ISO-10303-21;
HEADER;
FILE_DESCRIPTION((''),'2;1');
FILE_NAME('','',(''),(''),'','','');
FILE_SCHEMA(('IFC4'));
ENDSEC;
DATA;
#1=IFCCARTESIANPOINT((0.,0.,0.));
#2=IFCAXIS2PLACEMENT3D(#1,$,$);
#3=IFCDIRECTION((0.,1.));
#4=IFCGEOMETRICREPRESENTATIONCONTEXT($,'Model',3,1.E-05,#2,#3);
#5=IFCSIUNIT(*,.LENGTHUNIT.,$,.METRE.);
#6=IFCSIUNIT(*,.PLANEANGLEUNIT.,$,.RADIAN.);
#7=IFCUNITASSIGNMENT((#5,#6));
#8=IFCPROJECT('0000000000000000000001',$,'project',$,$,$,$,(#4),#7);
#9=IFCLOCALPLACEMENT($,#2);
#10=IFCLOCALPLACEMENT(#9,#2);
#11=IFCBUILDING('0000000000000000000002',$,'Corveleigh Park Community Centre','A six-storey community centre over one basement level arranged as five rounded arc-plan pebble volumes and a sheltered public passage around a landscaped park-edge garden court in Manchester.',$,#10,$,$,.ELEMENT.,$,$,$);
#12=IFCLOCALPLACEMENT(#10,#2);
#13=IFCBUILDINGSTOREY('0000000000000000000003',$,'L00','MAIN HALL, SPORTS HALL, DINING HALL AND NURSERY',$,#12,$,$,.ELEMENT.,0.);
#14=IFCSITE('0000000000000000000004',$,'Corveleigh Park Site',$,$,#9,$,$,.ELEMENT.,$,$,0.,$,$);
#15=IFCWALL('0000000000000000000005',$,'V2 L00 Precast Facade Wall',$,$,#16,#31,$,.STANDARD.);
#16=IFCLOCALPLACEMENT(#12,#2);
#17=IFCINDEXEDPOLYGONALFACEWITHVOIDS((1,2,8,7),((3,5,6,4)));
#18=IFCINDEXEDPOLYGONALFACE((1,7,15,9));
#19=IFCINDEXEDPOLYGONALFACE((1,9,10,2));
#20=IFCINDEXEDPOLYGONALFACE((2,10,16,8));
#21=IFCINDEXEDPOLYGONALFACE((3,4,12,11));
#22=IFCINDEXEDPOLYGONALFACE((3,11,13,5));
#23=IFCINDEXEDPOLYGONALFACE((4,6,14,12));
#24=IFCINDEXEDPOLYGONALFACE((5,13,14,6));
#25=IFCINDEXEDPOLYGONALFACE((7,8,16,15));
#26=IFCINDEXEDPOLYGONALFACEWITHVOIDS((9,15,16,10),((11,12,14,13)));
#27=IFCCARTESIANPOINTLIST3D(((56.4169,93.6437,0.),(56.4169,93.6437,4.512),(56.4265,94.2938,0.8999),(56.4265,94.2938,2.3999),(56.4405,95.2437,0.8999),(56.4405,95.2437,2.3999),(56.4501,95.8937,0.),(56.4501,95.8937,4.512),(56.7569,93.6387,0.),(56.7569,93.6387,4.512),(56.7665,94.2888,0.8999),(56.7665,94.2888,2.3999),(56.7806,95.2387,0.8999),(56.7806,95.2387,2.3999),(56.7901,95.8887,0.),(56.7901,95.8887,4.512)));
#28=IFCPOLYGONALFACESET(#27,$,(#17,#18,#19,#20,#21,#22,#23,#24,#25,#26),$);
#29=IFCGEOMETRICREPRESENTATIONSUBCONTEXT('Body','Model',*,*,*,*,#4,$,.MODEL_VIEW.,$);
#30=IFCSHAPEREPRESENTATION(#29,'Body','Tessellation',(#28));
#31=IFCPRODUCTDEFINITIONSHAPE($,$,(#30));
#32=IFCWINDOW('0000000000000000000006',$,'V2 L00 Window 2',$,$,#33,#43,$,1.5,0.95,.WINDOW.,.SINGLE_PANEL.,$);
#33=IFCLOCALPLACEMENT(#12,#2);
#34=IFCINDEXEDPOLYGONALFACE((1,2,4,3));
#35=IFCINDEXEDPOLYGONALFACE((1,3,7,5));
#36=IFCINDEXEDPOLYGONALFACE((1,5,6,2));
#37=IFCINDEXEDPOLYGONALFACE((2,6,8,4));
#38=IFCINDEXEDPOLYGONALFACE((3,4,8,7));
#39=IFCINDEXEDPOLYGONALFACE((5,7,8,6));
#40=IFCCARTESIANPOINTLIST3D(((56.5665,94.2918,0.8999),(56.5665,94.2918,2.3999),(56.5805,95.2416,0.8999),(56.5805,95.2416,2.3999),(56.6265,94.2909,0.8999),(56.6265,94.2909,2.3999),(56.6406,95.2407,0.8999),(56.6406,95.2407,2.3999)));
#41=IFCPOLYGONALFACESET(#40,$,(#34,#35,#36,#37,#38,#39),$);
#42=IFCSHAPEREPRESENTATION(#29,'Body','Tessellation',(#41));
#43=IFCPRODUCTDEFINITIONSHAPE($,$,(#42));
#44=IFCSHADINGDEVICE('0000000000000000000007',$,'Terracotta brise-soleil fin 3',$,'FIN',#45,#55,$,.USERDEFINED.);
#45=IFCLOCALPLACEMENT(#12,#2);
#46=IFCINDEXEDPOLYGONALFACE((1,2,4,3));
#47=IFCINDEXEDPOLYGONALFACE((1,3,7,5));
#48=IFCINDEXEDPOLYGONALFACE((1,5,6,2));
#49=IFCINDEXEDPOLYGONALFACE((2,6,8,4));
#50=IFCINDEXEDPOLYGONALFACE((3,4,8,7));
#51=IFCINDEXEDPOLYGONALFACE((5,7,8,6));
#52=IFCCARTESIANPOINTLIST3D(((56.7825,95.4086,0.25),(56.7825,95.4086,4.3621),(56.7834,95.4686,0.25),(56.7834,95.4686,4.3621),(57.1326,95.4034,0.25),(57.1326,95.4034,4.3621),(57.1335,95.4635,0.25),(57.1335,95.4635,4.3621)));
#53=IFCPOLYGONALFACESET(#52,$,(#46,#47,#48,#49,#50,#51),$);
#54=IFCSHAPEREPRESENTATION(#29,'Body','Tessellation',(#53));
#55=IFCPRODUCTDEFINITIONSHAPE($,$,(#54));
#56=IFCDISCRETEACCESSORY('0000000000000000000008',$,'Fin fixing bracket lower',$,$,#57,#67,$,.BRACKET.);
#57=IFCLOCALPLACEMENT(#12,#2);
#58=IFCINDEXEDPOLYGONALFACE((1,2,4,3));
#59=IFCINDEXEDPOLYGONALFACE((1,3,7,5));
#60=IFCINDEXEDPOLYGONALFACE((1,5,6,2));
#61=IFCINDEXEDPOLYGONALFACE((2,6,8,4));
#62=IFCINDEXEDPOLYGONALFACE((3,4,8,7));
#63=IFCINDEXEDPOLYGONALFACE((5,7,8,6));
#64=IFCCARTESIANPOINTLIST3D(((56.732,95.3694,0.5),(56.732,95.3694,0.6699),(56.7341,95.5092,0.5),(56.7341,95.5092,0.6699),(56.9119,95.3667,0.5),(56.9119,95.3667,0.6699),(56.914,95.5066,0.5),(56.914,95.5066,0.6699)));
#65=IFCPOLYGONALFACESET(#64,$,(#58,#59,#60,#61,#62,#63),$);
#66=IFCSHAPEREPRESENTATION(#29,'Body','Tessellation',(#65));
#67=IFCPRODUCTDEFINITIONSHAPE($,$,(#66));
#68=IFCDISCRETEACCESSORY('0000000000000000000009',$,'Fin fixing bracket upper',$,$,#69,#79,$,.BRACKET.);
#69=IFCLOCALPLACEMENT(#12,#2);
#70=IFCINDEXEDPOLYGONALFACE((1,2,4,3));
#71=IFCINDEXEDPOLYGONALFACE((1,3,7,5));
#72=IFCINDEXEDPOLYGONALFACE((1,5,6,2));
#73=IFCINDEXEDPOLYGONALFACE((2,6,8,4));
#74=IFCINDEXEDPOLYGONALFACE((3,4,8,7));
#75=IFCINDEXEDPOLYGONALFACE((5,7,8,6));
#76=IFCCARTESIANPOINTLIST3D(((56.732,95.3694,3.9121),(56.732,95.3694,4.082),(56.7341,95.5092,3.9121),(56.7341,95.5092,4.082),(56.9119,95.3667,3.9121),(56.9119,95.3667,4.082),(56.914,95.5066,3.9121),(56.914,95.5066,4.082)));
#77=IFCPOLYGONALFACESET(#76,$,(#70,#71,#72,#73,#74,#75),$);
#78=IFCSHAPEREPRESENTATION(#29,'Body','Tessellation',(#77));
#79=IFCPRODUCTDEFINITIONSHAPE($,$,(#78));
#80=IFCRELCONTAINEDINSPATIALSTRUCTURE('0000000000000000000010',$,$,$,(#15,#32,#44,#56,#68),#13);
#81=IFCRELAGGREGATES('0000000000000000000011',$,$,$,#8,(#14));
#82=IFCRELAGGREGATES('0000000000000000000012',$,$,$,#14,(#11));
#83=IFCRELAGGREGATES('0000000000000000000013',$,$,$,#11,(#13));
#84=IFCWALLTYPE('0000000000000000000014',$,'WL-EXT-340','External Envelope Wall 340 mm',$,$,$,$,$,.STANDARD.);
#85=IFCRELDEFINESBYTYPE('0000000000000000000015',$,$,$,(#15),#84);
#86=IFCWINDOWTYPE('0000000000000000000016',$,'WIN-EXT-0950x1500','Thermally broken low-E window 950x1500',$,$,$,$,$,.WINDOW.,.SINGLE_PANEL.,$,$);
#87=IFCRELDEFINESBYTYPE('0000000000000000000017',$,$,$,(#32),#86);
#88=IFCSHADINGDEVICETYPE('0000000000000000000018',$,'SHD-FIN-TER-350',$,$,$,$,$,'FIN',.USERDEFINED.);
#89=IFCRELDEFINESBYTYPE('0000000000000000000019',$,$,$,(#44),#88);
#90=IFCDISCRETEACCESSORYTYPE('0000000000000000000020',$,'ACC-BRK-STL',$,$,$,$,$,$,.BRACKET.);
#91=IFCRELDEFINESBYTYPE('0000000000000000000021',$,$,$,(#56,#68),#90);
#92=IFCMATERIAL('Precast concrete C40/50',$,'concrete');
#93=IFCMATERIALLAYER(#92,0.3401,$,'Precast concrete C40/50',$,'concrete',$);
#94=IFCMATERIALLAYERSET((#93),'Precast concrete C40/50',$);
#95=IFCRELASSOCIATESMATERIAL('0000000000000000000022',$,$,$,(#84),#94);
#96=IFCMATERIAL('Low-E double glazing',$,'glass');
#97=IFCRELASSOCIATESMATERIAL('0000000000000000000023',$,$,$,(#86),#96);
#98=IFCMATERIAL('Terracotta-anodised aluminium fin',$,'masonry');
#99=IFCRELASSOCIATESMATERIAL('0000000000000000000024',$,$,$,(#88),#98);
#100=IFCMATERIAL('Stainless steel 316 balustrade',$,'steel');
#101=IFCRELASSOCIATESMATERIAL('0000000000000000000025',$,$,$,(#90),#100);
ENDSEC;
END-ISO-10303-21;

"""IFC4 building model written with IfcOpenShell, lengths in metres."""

from ifc_helpers import new_model, si_unit, direction, frame, frame_2d, origin, origin_2d, place, context, subcontext, project, spatial, rectangle, extrude, material, layer, layer_set, type_object, element, fill, save


model = new_model("IFC4")

# Units and contexts
model_context = context("Model", 3, precision=1e-05, world=origin(), true_north=direction((0.0, 1.0)))
body_context = subcontext(model_context, "Body", "Model", "MODEL_VIEW")
ifc_project = project(units=[si_unit("LENGTHUNIT", "METRE"), si_unit("PLANEANGLEUNIT", "RADIAN")], contexts=[model_context])

# Site, building, storey
site_placement = place(None, origin())
site = spatial("IfcSite", under=ifc_project, at=site_placement, Name="Corveleigh Park Site", CompositionType="ELEMENT", RefElevation=0.0)
building_placement = place(site_placement, origin())
building = spatial("IfcBuilding", under=site, at=building_placement, Name="Corveleigh Park Community Centre", Description="A six-storey community centre over one basement level arranged as five rounded arc-plan pebble volumes and a sheltered public passage around a landscaped park-edge garden court in Manchester.", CompositionType="ELEMENT")
storey_placement = place(building_placement, origin())
storey = spatial("IfcBuildingStorey", under=building, at=storey_placement, Name="L00", Description="MAIN HALL, SPORTS HALL, DINING HALL AND NURSERY", CompositionType="ELEMENT", Elevation=0.0)

# Shared definitions
ifc_material_1 = material(Name="Low-E double glazing", Category="glass")

# Wall, opening, window
ifc_material_2 = material(Name="Precast concrete C40/50", Category="concrete")
ifc_layer_1 = layer(ifc_material_2, 0.3401, Name="Precast concrete C40/50", Category="concrete")
ifc_layer_set_1 = layer_set([ifc_layer_1], Name="Precast concrete C40/50")
wall_type = type_object("IfcWallType", Name="WL-EXT-340", Description="External Envelope Wall 340 mm", PredefinedType="STANDARD", material=ifc_layer_set_1)
wall_placement = place(storey_placement, frame((56.6201, 95.8911, 0.0), z_axis=(0.0, 0.0, 1.0), x_axis=(-0.014755, -0.999891, 0.0)))
wall = element("IfcWall", 1, at=wall_placement, inside=storey, type_object=wall_type, Name="V2 L00 Precast Facade Wall", PredefinedType="STANDARD", context=body_context, shape_type="SweptSolid", body=[
    extrude(rectangle(XDim=2.2502, YDim=0.3401, at=frame_2d((1.125, 0.0))), origin(), (0.0, 0.0, 1.0), 4.512),
])
opening_placement = place(wall_placement, frame((0.6499, 0.0, 0.8999)))
opening = element("IfcOpeningElement", 2, at=opening_placement, cuts=wall, PredefinedType="OPENING", context=body_context, shape_type="SweptSolid", body=[
    extrude(rectangle(XDim=0.95, YDim=1.5, at=frame_2d((0.4751, 0.75))), frame((0.0, 0.1799, 0.0), z_axis=(0.0, -1.0, 0.0), x_axis=(1.0, 0.0, 0.0)), (0.0, 0.0, 1.0), 0.3601),
])
window_type = type_object("IfcWindowType", Name="WIN-EXT-0950x1500", Description="Thermally broken low-E window 950x1500", PartitioningType="SINGLE_PANEL", PredefinedType="WINDOW", material=ifc_material_1)
window_placement = place(opening_placement, origin())
window = element("IfcWindow", 3, at=window_placement, inside=storey, type_object=window_type, Name="V2 L00 Window 2", OverallHeight=1.5, OverallWidth=0.95, PartitioningType="SINGLE_PANEL", PredefinedType="WINDOW", context=body_context, shape_type="SweptSolid", body=[
    extrude(rectangle(XDim=0.95, YDim=1.5, at=frame_2d((0.4751, 0.75))), frame((0.0, 0.03, 0.0), z_axis=(0.0, -1.0, 0.0), x_axis=(1.0, 0.0, 0.0)), (0.0, 0.0, 1.0), 0.0601),
])
fill(opening, window)

# Shading device
ifc_material_3 = material(Name="Terracotta-anodised aluminium fin", Category="masonry")
shading_device_type = type_object("IfcShadingDeviceType", Name="SHD-FIN-TER-350", ElementType="FIN", PredefinedType="USERDEFINED", material=ifc_material_3)
shading_device_placement = place(storey_placement, frame((56.958, 95.436, 0.25), z_axis=(0.0, 0.0, 1.0), x_axis=(0.999892, -0.014665, 0.0)))
element("IfcShadingDevice", 4, at=shading_device_placement, inside=storey, type_object=shading_device_type, Name="Terracotta brise-soleil fin 3", ObjectType="FIN", PredefinedType="USERDEFINED", context=body_context, shape_type="SweptSolid", body=[
    extrude(rectangle(XDim=0.3501, YDim=0.0601, at=origin_2d()), origin(), (0.0, 0.0, 1.0), 4.1121),
])

# Discrete accessories
ifc_material_4 = material(Name="Stainless steel 316 balustrade", Category="steel")
discrete_accessory_type = type_object("IfcDiscreteAccessoryType", Name="ACC-BRK-STL", PredefinedType="BRACKET", material=ifc_material_4)
for number, where, z_axis, x_axis, name in (
    (5, (56.823, 95.438, 0.5), (0.0, 0.0, 1.0), (0.999892, -0.014665, 0.0), "Fin fixing bracket lower"),
    (6, (56.823, 95.438, 3.9121), (0.0, 0.0, 1.0), (0.999892, -0.014665, 0.0), "Fin fixing bracket upper"),
):
    element("IfcDiscreteAccessory", number, at=place(storey_placement, frame(where, z_axis=z_axis, x_axis=x_axis)), inside=storey, type_object=discrete_accessory_type, Name=name, PredefinedType="BRACKET", context=body_context, shape_type="SweptSolid", body=[
        extrude(rectangle(XDim=0.1799, YDim=0.1399, at=origin_2d()), origin(), (0.0, 0.0, 1.0), 0.1699),
    ])

save(model, "model.ifc")
